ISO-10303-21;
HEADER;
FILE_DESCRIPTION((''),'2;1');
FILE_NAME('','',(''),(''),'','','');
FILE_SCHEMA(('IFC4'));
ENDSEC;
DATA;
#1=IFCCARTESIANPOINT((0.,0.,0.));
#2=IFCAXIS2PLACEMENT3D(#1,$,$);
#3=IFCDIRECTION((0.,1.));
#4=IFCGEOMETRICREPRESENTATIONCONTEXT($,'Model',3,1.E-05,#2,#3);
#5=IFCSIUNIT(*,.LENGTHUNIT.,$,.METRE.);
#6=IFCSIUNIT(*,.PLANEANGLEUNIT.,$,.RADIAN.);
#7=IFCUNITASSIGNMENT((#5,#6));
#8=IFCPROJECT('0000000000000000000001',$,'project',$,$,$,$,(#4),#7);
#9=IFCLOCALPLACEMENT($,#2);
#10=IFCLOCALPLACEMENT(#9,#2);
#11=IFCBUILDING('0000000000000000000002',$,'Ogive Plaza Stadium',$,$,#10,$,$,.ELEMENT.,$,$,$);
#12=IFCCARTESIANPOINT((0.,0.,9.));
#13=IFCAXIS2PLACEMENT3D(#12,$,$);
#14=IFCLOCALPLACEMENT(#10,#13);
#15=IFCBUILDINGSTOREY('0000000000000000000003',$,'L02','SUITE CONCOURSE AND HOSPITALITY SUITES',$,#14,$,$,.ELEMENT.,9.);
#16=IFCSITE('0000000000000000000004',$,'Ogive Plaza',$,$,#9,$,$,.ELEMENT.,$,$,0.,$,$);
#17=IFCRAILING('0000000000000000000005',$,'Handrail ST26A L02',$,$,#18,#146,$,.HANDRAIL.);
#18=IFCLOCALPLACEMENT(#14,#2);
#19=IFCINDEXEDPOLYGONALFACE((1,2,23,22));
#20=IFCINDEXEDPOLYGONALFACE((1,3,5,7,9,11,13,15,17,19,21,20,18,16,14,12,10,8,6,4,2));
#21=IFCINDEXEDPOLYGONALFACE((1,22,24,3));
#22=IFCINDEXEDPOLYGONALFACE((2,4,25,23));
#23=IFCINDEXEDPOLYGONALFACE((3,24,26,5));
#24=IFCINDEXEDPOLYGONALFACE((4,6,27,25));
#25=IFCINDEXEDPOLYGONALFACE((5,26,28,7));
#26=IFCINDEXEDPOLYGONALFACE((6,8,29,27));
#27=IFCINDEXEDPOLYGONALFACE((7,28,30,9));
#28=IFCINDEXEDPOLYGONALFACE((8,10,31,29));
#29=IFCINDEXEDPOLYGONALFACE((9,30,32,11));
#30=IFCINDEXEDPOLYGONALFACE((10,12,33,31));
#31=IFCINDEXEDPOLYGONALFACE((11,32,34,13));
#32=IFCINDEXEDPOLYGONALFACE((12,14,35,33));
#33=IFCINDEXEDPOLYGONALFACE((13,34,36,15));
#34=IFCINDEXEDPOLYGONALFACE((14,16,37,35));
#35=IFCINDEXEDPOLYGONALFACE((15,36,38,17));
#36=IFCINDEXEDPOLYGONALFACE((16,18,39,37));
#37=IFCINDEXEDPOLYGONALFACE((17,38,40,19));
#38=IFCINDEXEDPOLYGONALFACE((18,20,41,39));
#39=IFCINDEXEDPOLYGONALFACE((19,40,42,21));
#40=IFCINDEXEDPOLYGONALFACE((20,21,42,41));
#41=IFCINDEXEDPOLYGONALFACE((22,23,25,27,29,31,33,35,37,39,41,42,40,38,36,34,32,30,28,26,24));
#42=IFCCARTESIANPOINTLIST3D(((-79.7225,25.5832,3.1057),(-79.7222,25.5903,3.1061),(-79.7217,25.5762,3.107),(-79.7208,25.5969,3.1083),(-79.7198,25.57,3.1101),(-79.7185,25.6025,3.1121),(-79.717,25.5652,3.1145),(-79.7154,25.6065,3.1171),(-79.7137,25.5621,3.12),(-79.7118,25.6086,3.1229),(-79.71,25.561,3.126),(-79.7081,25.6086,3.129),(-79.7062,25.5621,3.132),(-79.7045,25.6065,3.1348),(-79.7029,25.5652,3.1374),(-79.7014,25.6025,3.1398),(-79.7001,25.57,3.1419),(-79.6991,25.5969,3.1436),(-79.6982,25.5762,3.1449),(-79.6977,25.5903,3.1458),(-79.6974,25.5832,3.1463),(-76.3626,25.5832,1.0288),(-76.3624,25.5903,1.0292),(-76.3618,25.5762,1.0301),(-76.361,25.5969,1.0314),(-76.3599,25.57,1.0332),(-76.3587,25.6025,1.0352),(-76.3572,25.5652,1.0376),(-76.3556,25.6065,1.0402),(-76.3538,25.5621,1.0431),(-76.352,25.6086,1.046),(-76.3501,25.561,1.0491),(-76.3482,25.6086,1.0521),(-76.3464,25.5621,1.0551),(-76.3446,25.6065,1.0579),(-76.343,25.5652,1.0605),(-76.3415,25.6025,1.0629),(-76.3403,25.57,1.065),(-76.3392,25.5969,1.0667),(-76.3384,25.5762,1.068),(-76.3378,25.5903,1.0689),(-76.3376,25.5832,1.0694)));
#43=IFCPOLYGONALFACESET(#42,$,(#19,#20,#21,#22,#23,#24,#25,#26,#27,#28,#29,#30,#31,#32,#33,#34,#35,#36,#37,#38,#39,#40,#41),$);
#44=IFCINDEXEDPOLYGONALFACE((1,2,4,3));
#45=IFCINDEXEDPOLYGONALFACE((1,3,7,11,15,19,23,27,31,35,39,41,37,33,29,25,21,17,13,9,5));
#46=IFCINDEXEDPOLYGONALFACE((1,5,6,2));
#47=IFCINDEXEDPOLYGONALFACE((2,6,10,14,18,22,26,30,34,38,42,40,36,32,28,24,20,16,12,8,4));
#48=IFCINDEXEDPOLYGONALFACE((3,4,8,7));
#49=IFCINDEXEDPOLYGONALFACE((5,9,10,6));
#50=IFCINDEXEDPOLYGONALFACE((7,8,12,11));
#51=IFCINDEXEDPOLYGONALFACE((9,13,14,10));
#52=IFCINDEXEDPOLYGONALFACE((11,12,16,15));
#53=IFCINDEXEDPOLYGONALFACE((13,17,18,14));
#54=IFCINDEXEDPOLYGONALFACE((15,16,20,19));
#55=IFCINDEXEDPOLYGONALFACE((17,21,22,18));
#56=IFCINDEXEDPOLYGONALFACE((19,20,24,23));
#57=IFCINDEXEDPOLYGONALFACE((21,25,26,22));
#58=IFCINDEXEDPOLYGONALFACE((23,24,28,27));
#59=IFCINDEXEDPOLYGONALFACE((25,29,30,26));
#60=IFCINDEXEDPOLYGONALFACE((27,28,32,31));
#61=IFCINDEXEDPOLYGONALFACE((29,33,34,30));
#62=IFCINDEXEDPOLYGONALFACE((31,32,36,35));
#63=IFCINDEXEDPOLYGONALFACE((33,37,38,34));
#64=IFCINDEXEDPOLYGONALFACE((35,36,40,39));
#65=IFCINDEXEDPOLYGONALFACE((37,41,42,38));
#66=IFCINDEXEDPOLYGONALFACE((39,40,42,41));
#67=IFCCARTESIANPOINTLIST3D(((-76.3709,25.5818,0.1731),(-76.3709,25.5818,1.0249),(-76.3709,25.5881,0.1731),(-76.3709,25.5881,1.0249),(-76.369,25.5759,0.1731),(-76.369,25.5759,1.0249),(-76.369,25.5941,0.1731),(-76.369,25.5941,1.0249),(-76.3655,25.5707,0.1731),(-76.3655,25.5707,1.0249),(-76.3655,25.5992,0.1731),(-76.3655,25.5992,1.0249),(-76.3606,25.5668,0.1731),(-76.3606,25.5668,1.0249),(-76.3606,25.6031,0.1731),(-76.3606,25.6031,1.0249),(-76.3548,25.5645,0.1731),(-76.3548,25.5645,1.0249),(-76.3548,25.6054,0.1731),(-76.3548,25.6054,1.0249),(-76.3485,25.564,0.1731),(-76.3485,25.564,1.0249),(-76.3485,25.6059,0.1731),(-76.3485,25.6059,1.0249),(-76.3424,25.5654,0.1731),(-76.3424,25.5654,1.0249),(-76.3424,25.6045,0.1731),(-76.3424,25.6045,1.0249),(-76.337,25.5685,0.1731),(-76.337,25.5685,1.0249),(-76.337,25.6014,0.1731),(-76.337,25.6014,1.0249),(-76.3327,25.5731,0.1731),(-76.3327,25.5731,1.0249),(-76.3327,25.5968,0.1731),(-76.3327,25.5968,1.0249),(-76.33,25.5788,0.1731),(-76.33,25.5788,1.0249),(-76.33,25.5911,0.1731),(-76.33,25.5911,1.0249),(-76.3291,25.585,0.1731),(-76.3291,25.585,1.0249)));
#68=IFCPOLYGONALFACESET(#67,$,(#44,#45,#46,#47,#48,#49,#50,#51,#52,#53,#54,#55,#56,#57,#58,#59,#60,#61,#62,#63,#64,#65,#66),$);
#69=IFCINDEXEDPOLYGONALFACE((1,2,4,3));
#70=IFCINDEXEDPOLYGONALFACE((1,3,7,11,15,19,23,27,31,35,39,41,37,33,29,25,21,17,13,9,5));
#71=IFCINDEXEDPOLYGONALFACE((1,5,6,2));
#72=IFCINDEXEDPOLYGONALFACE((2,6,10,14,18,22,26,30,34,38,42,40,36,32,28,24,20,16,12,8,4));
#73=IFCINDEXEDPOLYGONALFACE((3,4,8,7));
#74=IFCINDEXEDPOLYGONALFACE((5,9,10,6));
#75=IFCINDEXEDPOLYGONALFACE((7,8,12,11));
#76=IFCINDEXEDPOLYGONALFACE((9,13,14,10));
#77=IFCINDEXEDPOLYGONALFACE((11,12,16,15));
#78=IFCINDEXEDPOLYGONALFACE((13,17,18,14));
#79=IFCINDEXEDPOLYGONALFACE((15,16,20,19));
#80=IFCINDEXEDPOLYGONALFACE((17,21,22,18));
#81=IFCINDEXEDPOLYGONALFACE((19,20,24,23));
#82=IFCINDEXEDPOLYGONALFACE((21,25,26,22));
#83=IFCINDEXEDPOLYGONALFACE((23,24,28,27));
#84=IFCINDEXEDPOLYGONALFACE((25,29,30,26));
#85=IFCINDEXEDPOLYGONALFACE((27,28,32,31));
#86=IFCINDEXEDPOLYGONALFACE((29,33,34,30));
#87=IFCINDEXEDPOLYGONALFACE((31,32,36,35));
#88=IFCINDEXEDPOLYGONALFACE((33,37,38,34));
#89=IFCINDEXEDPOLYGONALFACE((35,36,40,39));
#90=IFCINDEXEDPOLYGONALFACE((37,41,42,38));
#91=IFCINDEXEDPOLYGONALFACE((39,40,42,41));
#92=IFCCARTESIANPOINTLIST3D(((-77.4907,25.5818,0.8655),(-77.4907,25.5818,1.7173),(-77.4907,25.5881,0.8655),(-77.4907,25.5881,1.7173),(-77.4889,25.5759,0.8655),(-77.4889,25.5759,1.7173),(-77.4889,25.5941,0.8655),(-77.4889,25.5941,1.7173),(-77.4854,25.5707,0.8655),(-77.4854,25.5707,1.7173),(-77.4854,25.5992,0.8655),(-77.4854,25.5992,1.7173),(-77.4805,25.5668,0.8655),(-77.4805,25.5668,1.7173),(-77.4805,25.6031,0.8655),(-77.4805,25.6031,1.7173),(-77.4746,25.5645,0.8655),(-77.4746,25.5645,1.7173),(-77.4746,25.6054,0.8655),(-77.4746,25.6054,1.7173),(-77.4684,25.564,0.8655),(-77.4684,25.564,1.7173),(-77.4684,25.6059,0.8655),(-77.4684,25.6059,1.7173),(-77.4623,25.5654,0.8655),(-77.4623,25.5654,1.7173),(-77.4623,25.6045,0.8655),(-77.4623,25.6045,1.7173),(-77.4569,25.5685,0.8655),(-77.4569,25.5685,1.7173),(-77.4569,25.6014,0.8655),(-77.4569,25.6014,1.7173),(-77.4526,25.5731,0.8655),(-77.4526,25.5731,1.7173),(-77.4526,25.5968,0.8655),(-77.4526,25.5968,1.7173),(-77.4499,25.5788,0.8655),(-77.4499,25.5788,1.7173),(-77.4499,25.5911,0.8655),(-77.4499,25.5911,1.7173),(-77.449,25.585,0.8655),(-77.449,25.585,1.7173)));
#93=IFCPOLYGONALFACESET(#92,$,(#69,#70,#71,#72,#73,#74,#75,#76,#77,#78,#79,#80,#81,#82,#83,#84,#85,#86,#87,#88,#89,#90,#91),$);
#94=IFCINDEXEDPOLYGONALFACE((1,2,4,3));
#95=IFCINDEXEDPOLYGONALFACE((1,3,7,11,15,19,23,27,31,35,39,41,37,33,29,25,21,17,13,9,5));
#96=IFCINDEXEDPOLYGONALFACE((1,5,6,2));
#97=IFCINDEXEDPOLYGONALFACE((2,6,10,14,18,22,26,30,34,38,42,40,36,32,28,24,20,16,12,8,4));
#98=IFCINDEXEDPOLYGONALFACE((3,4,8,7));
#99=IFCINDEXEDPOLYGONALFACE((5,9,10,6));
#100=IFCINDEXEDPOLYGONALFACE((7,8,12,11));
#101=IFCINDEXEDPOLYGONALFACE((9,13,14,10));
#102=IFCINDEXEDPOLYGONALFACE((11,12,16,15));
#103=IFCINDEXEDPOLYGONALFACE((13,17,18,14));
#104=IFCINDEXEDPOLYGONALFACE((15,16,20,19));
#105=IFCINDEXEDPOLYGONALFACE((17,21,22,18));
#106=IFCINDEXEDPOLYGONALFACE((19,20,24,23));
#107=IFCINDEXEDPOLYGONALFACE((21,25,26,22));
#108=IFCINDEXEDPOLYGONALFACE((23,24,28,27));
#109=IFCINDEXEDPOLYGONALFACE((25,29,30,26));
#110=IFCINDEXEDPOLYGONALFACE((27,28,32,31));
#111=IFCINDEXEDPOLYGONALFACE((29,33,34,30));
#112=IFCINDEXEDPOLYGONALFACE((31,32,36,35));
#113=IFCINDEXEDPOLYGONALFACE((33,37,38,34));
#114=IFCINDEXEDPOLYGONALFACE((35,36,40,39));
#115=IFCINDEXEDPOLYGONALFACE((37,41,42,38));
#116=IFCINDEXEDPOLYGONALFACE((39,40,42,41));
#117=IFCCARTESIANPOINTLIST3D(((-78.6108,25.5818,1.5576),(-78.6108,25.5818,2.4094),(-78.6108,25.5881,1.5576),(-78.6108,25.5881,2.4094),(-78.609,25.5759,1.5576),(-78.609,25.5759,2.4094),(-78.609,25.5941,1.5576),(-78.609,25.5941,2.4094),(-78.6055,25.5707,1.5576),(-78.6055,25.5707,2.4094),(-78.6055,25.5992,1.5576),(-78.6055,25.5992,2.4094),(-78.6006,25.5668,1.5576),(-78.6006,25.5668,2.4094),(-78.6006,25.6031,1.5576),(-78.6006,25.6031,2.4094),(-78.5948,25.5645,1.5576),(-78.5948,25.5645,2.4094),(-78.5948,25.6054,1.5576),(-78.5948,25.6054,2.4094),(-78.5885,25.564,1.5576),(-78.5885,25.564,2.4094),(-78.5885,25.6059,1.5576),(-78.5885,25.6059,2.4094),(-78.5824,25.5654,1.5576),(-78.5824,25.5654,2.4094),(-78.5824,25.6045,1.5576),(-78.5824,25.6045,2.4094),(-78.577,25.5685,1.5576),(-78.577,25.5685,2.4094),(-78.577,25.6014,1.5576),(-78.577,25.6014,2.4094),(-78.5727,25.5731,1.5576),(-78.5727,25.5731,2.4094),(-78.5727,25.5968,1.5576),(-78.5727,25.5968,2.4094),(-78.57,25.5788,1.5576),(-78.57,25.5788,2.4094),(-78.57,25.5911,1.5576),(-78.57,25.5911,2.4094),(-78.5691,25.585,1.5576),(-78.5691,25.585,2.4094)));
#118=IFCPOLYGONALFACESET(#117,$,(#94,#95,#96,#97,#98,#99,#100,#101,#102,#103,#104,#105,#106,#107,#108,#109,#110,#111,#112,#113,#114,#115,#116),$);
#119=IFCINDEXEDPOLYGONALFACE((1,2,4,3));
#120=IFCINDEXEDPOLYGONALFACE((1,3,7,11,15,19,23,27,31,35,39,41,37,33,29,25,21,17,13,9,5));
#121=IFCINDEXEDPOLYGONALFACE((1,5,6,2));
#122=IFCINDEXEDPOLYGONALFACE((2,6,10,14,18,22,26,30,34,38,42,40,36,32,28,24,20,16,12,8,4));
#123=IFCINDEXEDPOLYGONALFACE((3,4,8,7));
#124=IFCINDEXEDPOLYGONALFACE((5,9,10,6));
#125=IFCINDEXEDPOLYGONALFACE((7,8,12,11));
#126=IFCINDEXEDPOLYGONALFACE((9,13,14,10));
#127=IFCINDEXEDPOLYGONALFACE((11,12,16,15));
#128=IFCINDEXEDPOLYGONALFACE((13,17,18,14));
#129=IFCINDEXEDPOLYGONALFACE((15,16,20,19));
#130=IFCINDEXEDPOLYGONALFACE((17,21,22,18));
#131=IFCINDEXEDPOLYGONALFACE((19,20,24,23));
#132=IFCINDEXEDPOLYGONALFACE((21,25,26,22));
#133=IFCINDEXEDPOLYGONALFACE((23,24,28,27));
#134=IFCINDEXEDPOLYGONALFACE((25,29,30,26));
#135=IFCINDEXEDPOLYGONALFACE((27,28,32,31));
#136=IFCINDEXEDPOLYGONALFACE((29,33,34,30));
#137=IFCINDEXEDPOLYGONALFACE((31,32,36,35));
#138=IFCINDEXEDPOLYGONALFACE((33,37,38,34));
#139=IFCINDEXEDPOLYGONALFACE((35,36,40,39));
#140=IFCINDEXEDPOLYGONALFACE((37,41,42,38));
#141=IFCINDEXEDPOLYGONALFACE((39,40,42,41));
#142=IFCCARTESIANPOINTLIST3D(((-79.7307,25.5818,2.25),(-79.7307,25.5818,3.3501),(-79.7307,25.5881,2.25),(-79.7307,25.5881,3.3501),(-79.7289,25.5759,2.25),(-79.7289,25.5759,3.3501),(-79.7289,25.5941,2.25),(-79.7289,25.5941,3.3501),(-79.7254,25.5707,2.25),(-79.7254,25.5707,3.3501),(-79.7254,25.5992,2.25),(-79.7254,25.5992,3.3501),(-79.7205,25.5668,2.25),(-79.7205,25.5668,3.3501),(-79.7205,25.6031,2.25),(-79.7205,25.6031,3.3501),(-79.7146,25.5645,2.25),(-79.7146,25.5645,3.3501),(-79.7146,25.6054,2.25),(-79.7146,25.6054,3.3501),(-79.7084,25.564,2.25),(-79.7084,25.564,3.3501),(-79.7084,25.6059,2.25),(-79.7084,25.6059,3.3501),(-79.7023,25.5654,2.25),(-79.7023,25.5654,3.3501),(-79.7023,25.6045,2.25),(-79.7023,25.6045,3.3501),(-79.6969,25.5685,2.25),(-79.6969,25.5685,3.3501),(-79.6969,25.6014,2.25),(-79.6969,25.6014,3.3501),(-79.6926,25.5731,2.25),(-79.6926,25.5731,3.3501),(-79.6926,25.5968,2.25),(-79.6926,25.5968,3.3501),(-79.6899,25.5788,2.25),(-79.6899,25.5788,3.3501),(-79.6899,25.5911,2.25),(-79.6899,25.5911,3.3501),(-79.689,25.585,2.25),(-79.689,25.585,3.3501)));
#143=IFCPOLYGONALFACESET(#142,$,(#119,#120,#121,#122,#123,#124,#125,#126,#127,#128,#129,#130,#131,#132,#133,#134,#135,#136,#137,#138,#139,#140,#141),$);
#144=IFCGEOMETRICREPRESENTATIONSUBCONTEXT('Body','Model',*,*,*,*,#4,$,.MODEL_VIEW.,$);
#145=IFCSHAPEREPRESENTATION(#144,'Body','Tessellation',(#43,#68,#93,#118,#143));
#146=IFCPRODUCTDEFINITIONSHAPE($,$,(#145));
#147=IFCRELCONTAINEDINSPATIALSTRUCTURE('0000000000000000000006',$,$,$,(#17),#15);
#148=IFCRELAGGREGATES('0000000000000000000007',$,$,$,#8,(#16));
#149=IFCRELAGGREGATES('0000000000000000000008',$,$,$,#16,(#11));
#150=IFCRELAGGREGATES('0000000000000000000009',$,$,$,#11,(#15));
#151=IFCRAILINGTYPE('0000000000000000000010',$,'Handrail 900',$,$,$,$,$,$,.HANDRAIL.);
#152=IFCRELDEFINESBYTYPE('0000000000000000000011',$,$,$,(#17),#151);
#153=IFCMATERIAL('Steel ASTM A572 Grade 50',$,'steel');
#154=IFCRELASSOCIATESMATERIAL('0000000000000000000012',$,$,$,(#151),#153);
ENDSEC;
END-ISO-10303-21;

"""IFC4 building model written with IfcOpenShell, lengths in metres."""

from ifc_helpers import new_model, si_unit, direction, frame, origin, origin_2d, place, context, subcontext, project, spatial, circle, extrude, material, type_object, element, save


model = new_model("IFC4")

# Units and contexts
model_context = context("Model", 3, precision=1e-05, world=origin(), true_north=direction((0.0, 1.0)))
body_context = subcontext(model_context, "Body", "Model", "MODEL_VIEW")
ifc_project = project(units=[si_unit("LENGTHUNIT", "METRE"), si_unit("PLANEANGLEUNIT", "RADIAN")], contexts=[model_context])

# Site, building, storey
site_placement = place(None, origin())
site = spatial("IfcSite", under=ifc_project, at=site_placement, Name="Ogive Plaza", CompositionType="ELEMENT", RefElevation=0.0)
building_placement = place(site_placement, origin())
building = spatial("IfcBuilding", under=site, at=building_placement, Name="Ogive Plaza Stadium", CompositionType="ELEMENT")
storey_placement = place(building_placement, frame((0.0, 0.0, 9.0)))
storey = spatial("IfcBuildingStorey", under=building, at=storey_placement, Name="L02", Description="SUITE CONCOURSE AND HOSPITALITY SUITES", CompositionType="ELEMENT", Elevation=9.0)

# Railing
ifc_material_1 = material(Name="Steel ASTM A572 Grade 50", Category="steel")
railing_type_1 = type_object("IfcRailingType", Name="Handrail 900", PredefinedType="HANDRAIL", material=ifc_material_1)
for number, where, name in (
    (1, (-76.3501, 25.585, 0.1731), "Handrail ST26A L02"),
):
    element("IfcRailing", number, at=place(storey_placement, frame(where)), inside=storey, type_object=railing_type_1, Name=name, PredefinedType="HANDRAIL", context=body_context, shape_type="SweptSolid", body=[
        extrude(circle(Radius=0.0239, at=origin_2d()), frame((0.0, 0.0, 0.876), z_axis=(-0.850606, 0.0, 0.525803), x_axis=(0.0, -1.0, 0.0)), (0.0, 0.0, 1.0), 3.95),
        extrude(circle(Radius=0.021, at=origin_2d()), origin(), (0.0, 0.0, 1.0), 0.8518),
        extrude(circle(Radius=0.021, at=origin_2d()), frame((-1.1199, 0.0, 0.6924)), (0.0, 0.0, 1.0), 0.8518),
        extrude(circle(Radius=0.021, at=origin_2d()), frame((-2.24, 0.0, 1.3845)), (0.0, 0.0, 1.0), 0.8518),
        extrude(circle(Radius=0.021, at=origin_2d()), frame((-3.3599, 0.0, 2.0769)), (0.0, 0.0, 1.0), 1.1001),
    ])

save(model, "model.ifc")
